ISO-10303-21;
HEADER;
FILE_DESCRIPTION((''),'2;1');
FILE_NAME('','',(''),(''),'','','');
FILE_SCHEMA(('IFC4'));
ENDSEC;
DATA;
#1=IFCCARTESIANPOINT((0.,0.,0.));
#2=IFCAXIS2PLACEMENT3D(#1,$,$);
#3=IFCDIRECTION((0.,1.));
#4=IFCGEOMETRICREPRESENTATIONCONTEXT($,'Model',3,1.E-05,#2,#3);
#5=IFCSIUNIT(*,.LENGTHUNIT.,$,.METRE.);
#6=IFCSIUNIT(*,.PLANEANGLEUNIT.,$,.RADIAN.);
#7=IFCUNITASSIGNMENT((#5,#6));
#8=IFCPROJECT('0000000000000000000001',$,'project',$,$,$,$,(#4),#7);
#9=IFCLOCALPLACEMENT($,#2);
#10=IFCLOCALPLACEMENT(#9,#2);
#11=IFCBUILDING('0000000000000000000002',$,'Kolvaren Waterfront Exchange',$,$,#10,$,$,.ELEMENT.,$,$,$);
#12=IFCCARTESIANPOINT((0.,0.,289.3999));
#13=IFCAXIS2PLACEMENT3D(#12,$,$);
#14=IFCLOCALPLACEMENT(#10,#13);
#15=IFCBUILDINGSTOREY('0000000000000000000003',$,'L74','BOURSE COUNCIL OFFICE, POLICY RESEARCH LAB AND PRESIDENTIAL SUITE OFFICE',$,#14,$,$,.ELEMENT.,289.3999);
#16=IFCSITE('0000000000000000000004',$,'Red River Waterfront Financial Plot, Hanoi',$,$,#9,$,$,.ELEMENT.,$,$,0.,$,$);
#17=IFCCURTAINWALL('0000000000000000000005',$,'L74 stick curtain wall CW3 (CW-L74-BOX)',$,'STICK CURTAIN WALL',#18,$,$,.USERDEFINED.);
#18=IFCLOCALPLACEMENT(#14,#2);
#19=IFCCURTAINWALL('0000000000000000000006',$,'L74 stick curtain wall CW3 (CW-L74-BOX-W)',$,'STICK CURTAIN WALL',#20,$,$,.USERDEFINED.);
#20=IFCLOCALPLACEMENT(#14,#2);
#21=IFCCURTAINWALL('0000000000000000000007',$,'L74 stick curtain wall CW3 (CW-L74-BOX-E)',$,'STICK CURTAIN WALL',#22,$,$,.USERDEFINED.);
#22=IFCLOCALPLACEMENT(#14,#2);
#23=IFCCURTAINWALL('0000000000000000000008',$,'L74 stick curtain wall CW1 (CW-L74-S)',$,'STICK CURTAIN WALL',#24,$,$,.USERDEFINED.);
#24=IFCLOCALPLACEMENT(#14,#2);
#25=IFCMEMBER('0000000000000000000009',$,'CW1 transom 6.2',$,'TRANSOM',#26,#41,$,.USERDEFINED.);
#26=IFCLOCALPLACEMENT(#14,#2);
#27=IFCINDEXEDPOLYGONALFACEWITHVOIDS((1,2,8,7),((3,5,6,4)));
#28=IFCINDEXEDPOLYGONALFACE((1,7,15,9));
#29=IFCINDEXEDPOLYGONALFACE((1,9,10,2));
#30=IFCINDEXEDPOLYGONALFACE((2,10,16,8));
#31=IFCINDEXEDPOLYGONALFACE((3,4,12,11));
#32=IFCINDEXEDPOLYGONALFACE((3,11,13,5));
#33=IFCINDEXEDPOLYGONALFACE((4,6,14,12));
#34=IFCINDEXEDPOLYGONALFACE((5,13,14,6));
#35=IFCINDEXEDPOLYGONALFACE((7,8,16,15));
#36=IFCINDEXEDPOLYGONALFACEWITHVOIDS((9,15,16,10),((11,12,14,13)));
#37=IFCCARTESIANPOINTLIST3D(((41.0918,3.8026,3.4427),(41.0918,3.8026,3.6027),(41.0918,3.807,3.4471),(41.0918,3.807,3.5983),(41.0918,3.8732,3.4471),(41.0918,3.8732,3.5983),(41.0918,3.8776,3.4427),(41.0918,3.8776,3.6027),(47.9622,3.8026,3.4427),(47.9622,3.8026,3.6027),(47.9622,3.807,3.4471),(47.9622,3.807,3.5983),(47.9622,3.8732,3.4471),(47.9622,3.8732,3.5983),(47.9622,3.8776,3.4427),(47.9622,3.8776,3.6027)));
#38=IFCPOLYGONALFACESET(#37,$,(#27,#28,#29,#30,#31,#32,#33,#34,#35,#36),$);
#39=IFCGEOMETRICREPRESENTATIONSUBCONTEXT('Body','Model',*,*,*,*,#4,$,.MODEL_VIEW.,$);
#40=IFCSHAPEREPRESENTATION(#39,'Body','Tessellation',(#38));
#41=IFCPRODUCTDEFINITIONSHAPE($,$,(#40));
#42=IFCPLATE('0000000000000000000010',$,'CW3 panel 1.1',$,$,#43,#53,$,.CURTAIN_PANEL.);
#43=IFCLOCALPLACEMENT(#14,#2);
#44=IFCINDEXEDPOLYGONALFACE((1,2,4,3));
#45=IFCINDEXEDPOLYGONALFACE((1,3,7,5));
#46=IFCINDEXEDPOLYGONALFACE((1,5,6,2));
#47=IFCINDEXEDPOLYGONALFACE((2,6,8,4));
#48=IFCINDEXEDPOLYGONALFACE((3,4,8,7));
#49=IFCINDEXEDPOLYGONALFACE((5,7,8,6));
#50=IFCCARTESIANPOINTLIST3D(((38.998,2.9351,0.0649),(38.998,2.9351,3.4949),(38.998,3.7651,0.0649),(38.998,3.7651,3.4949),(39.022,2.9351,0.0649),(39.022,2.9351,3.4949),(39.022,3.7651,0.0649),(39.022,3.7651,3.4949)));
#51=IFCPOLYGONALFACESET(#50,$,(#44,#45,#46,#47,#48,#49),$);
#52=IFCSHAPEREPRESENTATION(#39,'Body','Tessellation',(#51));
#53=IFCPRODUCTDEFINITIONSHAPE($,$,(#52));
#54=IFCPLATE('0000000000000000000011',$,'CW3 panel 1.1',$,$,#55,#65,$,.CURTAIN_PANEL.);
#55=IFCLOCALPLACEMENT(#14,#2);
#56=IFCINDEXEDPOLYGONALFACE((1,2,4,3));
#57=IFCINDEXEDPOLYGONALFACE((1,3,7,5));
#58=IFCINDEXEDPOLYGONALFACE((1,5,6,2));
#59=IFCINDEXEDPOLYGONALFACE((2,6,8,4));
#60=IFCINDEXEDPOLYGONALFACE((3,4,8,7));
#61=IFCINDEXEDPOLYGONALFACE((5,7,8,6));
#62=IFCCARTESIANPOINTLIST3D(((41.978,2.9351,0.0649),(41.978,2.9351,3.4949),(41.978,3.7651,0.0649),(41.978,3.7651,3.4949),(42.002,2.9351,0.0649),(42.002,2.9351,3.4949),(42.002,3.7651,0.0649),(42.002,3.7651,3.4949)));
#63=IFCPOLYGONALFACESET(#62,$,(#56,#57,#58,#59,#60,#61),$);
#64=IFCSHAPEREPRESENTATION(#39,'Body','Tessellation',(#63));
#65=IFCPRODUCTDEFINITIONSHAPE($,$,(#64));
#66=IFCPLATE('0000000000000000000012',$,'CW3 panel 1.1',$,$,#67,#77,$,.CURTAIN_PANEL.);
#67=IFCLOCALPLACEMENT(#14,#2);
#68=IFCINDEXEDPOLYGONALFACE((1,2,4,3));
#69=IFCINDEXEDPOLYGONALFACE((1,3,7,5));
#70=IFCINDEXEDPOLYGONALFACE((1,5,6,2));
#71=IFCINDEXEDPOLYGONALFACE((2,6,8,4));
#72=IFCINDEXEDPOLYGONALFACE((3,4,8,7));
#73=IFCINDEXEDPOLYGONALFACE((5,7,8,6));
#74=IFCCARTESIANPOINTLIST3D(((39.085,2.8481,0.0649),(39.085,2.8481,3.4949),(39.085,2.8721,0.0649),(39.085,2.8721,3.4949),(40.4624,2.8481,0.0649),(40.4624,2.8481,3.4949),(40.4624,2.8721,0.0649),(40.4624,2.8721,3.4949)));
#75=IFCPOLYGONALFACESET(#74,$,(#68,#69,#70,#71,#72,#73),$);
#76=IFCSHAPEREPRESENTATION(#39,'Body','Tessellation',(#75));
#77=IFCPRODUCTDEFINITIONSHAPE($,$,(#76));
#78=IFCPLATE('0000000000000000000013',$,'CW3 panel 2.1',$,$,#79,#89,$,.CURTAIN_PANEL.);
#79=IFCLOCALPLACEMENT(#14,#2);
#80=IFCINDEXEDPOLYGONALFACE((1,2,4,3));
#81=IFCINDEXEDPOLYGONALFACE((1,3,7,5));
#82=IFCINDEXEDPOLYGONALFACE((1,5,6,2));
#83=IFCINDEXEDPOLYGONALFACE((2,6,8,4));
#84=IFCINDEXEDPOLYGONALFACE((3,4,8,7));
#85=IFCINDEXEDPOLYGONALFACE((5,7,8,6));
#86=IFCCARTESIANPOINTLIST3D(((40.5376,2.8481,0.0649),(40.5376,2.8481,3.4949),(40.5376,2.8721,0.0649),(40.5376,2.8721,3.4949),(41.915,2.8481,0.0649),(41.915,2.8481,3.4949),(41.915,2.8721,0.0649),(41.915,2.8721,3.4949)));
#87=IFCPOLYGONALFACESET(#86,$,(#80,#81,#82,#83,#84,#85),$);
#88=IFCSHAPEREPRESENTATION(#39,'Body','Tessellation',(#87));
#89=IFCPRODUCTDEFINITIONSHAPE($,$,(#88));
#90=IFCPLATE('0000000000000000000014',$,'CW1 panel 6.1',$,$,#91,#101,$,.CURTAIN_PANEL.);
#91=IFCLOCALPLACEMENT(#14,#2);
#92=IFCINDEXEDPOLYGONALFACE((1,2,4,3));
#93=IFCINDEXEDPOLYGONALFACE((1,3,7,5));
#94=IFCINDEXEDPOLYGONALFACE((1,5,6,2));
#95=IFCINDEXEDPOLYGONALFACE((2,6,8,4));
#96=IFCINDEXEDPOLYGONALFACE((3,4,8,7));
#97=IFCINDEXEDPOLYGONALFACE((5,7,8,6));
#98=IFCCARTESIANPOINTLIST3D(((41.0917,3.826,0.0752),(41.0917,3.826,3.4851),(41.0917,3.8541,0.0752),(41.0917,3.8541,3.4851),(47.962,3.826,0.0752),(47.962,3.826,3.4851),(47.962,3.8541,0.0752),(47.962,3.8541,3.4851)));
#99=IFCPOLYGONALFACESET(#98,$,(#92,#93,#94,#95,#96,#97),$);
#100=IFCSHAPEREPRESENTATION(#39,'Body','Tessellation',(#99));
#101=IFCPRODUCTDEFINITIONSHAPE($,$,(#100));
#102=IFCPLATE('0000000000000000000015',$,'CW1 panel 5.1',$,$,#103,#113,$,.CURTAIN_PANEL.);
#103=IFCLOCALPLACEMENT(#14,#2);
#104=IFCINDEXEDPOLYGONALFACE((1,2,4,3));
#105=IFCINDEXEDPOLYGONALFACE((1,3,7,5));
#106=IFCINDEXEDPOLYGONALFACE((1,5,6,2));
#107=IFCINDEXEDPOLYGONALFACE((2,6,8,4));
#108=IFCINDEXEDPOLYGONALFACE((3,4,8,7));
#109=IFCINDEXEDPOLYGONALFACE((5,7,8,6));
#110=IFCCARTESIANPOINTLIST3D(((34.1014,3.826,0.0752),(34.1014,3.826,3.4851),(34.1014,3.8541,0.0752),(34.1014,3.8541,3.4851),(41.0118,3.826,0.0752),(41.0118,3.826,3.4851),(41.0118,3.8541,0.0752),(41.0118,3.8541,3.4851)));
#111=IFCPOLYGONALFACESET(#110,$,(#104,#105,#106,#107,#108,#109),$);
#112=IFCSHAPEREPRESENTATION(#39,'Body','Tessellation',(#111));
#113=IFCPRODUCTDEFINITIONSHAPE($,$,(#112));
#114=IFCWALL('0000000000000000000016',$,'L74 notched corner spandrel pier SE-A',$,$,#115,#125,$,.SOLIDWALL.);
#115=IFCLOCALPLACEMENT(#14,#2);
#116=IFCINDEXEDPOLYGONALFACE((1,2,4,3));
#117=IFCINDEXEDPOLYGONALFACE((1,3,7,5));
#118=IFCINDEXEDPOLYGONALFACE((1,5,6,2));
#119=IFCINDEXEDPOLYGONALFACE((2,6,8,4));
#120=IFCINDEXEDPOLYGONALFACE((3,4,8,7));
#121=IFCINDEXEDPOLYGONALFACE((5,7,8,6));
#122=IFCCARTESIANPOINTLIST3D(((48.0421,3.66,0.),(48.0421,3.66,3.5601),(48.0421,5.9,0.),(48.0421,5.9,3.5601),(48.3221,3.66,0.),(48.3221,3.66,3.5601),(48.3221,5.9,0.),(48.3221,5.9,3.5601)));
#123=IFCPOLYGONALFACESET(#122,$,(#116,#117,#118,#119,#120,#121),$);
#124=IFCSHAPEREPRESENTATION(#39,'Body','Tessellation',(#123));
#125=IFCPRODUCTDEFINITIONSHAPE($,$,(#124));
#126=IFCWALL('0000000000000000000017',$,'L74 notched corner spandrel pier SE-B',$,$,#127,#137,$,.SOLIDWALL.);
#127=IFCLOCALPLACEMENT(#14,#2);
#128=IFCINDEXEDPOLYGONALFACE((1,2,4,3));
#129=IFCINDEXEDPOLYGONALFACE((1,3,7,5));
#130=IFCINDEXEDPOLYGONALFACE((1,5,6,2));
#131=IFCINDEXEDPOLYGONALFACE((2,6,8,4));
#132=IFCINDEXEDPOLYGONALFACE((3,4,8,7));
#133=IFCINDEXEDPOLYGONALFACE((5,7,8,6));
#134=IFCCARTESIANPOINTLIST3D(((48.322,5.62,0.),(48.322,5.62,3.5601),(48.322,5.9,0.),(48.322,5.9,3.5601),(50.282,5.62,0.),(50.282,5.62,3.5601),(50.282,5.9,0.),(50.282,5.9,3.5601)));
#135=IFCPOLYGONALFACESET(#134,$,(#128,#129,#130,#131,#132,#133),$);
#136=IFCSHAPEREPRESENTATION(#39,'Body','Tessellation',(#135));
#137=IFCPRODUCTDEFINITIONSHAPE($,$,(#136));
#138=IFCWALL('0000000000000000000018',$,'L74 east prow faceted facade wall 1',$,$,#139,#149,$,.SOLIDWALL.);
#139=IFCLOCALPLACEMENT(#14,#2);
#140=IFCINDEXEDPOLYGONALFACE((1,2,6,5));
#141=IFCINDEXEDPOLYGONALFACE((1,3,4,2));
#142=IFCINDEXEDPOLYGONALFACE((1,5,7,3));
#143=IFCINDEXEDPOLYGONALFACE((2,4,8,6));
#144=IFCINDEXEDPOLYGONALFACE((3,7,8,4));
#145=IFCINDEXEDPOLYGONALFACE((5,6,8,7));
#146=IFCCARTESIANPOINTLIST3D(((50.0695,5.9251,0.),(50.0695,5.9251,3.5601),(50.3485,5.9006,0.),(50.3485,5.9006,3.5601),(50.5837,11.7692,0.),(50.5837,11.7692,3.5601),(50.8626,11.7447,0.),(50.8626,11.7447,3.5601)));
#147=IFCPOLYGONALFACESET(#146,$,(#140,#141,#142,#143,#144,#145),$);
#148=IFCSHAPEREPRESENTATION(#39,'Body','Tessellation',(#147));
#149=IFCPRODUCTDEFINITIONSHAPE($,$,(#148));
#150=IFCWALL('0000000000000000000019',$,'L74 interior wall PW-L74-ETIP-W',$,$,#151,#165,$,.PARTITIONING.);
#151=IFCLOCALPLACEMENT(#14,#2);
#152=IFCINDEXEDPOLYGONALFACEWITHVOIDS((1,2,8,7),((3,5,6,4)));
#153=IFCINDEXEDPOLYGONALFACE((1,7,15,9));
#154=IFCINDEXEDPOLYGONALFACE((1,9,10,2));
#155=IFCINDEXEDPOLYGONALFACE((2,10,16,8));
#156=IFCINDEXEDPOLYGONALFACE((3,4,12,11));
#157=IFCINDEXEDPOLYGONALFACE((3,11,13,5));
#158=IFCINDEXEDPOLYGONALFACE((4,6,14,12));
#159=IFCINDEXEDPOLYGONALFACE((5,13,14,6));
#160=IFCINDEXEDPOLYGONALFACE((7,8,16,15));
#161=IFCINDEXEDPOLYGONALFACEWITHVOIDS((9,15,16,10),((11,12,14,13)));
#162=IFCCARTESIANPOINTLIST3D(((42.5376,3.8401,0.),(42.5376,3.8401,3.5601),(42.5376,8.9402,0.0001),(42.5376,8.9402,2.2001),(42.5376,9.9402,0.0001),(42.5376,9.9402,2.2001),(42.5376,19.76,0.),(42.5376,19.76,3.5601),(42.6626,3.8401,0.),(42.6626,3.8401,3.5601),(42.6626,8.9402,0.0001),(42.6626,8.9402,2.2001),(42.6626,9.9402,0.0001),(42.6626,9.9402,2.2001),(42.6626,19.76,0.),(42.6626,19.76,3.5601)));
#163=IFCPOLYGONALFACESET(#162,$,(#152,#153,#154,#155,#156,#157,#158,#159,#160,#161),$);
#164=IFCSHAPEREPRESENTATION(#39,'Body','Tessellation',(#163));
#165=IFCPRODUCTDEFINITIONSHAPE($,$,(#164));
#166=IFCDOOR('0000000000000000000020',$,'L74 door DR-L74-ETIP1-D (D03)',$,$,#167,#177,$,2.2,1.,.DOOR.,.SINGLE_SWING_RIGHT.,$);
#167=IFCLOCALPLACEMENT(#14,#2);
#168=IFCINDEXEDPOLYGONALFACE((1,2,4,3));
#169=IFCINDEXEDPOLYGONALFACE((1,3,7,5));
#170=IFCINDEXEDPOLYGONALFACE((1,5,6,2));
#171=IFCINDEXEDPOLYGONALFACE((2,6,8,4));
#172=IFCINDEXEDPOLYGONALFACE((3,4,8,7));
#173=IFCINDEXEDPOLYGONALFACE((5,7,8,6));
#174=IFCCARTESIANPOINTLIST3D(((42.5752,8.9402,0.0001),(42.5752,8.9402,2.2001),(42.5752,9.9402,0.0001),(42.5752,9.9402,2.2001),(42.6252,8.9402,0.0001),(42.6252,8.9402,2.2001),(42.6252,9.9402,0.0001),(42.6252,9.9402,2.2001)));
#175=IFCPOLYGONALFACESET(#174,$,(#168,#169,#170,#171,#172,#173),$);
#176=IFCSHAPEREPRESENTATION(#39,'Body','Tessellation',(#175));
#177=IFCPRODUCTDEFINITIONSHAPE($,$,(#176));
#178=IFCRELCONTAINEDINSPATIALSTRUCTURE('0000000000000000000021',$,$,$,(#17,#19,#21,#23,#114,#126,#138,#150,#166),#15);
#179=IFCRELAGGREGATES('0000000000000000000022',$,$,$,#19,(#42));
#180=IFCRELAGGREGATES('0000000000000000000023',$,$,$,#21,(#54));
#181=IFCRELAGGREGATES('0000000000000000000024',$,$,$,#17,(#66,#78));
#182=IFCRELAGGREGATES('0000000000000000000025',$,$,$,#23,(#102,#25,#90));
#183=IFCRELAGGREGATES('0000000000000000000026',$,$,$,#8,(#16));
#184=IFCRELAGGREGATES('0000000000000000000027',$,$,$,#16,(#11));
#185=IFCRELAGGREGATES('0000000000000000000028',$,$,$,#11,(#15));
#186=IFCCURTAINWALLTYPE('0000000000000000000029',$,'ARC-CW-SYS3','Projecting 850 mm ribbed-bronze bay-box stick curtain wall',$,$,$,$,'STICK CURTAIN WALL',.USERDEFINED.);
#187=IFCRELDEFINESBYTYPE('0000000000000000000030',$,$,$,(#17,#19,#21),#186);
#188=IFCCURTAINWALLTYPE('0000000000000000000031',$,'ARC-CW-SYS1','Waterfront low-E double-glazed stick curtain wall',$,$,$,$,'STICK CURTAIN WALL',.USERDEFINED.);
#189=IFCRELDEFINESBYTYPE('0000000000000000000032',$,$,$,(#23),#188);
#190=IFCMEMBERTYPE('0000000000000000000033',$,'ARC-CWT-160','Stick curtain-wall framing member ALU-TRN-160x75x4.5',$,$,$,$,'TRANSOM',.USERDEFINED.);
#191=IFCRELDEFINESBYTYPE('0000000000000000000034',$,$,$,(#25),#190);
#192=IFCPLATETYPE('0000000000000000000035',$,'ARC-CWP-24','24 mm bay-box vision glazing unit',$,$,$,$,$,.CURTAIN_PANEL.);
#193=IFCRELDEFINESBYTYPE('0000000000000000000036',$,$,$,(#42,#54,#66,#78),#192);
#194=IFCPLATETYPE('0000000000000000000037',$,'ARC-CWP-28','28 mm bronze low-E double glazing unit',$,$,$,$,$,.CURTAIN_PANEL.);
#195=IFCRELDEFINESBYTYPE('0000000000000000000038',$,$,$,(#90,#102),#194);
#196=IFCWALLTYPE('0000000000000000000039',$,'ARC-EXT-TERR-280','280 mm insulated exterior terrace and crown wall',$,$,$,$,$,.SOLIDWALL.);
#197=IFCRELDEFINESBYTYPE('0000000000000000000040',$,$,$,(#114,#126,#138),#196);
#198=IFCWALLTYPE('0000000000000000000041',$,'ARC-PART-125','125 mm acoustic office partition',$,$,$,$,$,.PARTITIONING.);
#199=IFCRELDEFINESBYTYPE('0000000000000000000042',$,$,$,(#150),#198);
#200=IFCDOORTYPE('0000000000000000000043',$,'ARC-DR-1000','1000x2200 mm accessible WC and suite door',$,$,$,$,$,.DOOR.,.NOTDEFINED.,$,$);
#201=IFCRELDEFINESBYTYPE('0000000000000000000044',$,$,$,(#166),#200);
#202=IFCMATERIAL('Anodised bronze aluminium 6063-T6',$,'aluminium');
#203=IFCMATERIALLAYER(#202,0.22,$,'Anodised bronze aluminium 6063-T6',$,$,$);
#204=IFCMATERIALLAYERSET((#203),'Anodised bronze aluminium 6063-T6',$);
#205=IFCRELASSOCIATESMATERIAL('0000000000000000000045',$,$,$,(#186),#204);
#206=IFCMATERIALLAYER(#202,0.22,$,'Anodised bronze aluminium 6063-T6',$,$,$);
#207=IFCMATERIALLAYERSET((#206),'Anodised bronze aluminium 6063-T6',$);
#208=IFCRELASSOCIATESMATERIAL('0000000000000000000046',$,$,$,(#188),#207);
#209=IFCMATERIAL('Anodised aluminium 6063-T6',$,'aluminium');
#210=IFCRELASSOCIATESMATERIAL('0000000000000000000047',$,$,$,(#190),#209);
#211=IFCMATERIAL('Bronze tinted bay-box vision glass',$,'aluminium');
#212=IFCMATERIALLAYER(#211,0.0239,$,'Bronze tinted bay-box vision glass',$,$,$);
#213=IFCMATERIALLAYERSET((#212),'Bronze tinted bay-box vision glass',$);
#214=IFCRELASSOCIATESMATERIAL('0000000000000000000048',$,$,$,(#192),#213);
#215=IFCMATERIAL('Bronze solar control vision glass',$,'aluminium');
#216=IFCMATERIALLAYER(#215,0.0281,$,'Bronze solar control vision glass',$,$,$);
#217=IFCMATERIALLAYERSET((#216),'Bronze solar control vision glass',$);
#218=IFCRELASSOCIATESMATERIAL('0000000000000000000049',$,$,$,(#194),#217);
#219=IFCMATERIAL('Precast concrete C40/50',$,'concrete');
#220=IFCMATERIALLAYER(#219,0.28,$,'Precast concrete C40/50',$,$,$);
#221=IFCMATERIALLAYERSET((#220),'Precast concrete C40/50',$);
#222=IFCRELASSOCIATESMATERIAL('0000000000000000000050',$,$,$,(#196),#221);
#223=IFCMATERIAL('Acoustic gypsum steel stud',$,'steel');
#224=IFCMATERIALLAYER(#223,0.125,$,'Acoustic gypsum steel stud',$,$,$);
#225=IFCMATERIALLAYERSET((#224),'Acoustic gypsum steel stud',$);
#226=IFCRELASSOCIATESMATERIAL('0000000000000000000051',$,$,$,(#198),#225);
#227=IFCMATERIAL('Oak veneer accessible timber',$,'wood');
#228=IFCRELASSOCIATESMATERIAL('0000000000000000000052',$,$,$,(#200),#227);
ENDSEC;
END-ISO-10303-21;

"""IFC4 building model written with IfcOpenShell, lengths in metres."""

from ifc_helpers import new_model, si_unit, direction, frame, frame_2d, origin, origin_with_axes, origin_2d, place, context, subcontext, project, spatial, rectangle, hollow_rectangle, extrude, source, transform, mapped, material, layer, layer_set, material_profile, profile_set, type_object, element, fill, aggregate, save


model = new_model("IFC4")

# Units and contexts
model_context = context("Model", 3, precision=1e-05, world=origin(), true_north=direction((0.0, 1.0)))
body_context = subcontext(model_context, "Body", "Model", "MODEL_VIEW")
ifc_project = project(units=[si_unit("LENGTHUNIT", "METRE"), si_unit("PLANEANGLEUNIT", "RADIAN")], contexts=[model_context])

# Site, building, storey
site_placement = place(None, origin())
site = spatial("IfcSite", under=ifc_project, at=site_placement, Name="Red River Waterfront Financial Plot, Hanoi", CompositionType="ELEMENT", RefElevation=0.0)
building_placement = place(site_placement, origin())
building = spatial("IfcBuilding", under=site, at=building_placement, Name="Kolvaren Waterfront Exchange", CompositionType="ELEMENT")
storey_placement = place(building_placement, frame((0.0, 0.0, 289.3999)))
storey = spatial("IfcBuildingStorey", under=building, at=storey_placement, Name="L74", Description="BOURSE COUNCIL OFFICE, POLICY RESEARCH LAB AND PRESIDENTIAL SUITE OFFICE", CompositionType="ELEMENT", Elevation=289.3999)

# Curtain walls
ifc_material_1 = material(Name="Anodised bronze aluminium 6063-T6", Category="aluminium")
ifc_layer_1 = layer(ifc_material_1, 0.22, Name="Anodised bronze aluminium 6063-T6")
ifc_layer_set_1 = layer_set([ifc_layer_1], Name="Anodised bronze aluminium 6063-T6")
curtain_wall_type_1 = type_object("IfcCurtainWallType", Name="ARC-CW-SYS3", Description="Projecting 850 mm ribbed-bronze bay-box stick curtain wall", ElementType="STICK CURTAIN WALL", PredefinedType="USERDEFINED", material=ifc_layer_set_1)
curtain_wall_1_placement = place(storey_placement, origin())
curtain_wall_1 = element("IfcCurtainWall", 1, at=curtain_wall_1_placement, inside=storey, type_object=curtain_wall_type_1, Name="L74 stick curtain wall CW3 (CW-L74-BOX)", ObjectType="STICK CURTAIN WALL", PredefinedType="USERDEFINED")
curtain_wall_2_placement = place(storey_placement, origin())
curtain_wall_2 = element("IfcCurtainWall", 2, at=curtain_wall_2_placement, inside=storey, type_object=curtain_wall_type_1, Name="L74 stick curtain wall CW3 (CW-L74-BOX-W)", ObjectType="STICK CURTAIN WALL", PredefinedType="USERDEFINED")
curtain_wall_3_placement = place(storey_placement, origin())
curtain_wall_3 = element("IfcCurtainWall", 3, at=curtain_wall_3_placement, inside=storey, type_object=curtain_wall_type_1, Name="L74 stick curtain wall CW3 (CW-L74-BOX-E)", ObjectType="STICK CURTAIN WALL", PredefinedType="USERDEFINED")

# Curtain wall, member
ifc_layer_2 = layer(ifc_material_1, 0.22, Name="Anodised bronze aluminium 6063-T6")
ifc_layer_set_2 = layer_set([ifc_layer_2], Name="Anodised bronze aluminium 6063-T6")
curtain_wall_type_2 = type_object("IfcCurtainWallType", Name="ARC-CW-SYS1", Description="Waterfront low-E double-glazed stick curtain wall", ElementType="STICK CURTAIN WALL", PredefinedType="USERDEFINED", material=ifc_layer_set_2)
curtain_wall_4_placement = place(storey_placement, origin())
curtain_wall_4 = element("IfcCurtainWall", 4, at=curtain_wall_4_placement, inside=storey, type_object=curtain_wall_type_2, Name="L74 stick curtain wall CW1 (CW-L74-S)", ObjectType="STICK CURTAIN WALL", PredefinedType="USERDEFINED")
ifc_material_2 = material(Name="Anodised aluminium 6063-T6", Category="aluminium")
ifc_material_profile_1 = material_profile(ifc_material_2, hollow_rectangle(XDim=0.075, YDim=0.1599, WallThickness=0.0044, at=origin_2d()), Name="ALU-TRN-160x75x4.5")
ifc_profile_set_1 = profile_set([ifc_material_profile_1], Name="Anodised aluminium 6063-T6")
member_type_1 = type_object("IfcMemberType", Name="ARC-CWT-160", Description="Stick curtain-wall framing member ALU-TRN-160x75x4.5", ElementType="TRANSOM", PredefinedType="USERDEFINED", material=ifc_profile_set_1)
shared_shape_1 = source(origin_with_axes(), body_context, "Body", "SweptSolid", [
    extrude(hollow_rectangle(XDim=0.075, YDim=0.1599, WallThickness=0.0044, at=origin_2d()), origin(), (0.0, 0.0, 1.0), 6.8704),
])
member_1_placement = place(storey_placement, frame((41.0918, 3.8401, 3.5227), z_axis=(1.0, 0.0, 0.0), x_axis=(0.0, 1.0, 0.0)))
member_1 = element("IfcMember", 5, at=member_1_placement, type_object=member_type_1, Name="CW1 transom 6.2", ObjectType="TRANSOM", PredefinedType="USERDEFINED", context=body_context, shape_type="MappedRepresentation", body=[
    mapped(shared_shape_1, transform((0.0, 0.0, 0.0), x_axis=(1.0, 0.0, 0.0), y_axis=(0.0, 1.0, 0.0), z_axis=(0.0, 0.0, 1.0), scale=1.0)),
])

# Plates
ifc_material_3 = material(Name="Bronze tinted bay-box vision glass", Category="aluminium")
ifc_layer_3 = layer(ifc_material_3, 0.0239, Name="Bronze tinted bay-box vision glass")
ifc_layer_set_3 = layer_set([ifc_layer_3], Name="Bronze tinted bay-box vision glass")
plate_type_1 = type_object("IfcPlateType", Name="ARC-CWP-24", Description="24 mm bay-box vision glazing unit", PredefinedType="CURTAIN_PANEL", material=ifc_layer_set_3)
shared_shape_2 = source(origin_with_axes(), body_context, "Body", "SweptSolid", [
    extrude(rectangle(XDim=0.8301, YDim=0.0239, at=origin_2d()), origin(), (0.0, 0.0, 1.0), 3.4299),
])
plate_1_placement = place(storey_placement, frame((39.01, 3.3501, 0.0649), z_axis=(0.0, 0.0, 1.0), x_axis=(0.0, -1.0, 0.0)))
plate_1 = element("IfcPlate", 6, at=plate_1_placement, type_object=plate_type_1, Name="CW3 panel 1.1", PredefinedType="CURTAIN_PANEL", context=body_context, shape_type="MappedRepresentation", body=[
    mapped(shared_shape_2, transform((0.0, 0.0, 0.0), x_axis=(1.0, 0.0, 0.0), y_axis=(0.0, 1.0, 0.0), z_axis=(0.0, 0.0, 1.0), scale=1.0)),
])
aggregate(curtain_wall_2, [plate_1])
plate_2_placement = place(storey_placement, frame((41.99, 3.3501, 0.0649), z_axis=(0.0, 0.0, 1.0), x_axis=(0.0, 1.0, 0.0)))
plate_2 = element("IfcPlate", 7, at=plate_2_placement, type_object=plate_type_1, Name="CW3 panel 1.1", PredefinedType="CURTAIN_PANEL", context=body_context, shape_type="MappedRepresentation", body=[
    mapped(shared_shape_2, transform((0.0, 0.0, 0.0), x_axis=(1.0, 0.0, 0.0), y_axis=(0.0, 1.0, 0.0), z_axis=(0.0, 0.0, 1.0), scale=1.0)),
])
aggregate(curtain_wall_3, [plate_2])
shared_shape_3 = source(origin_with_axes(), body_context, "Body", "SweptSolid", [
    extrude(rectangle(XDim=1.3774, YDim=0.0239, at=origin_2d()), origin(), (0.0, 0.0, 1.0), 3.4299),
])
plate_3_placement = place(storey_placement, frame((39.7737, 2.8601, 0.0649), z_axis=(0.0, 0.0, 1.0), x_axis=(1.0, 0.0, 0.0)))
plate_3 = element("IfcPlate", 8, at=plate_3_placement, type_object=plate_type_1, Name="CW3 panel 1.1", PredefinedType="CURTAIN_PANEL", context=body_context, shape_type="MappedRepresentation", body=[
    mapped(shared_shape_3, transform((0.0, 0.0, 0.0), x_axis=(1.0, 0.0, 0.0), y_axis=(0.0, 1.0, 0.0), z_axis=(0.0, 0.0, 1.0), scale=1.0)),
])
plate_4_placement = place(storey_placement, frame((41.2263, 2.8601, 0.0649), z_axis=(0.0, 0.0, 1.0), x_axis=(1.0, 0.0, 0.0)))
plate_4 = element("IfcPlate", 9, at=plate_4_placement, type_object=plate_type_1, Name="CW3 panel 2.1", PredefinedType="CURTAIN_PANEL", context=body_context, shape_type="MappedRepresentation", body=[
    mapped(shared_shape_3, transform((0.0, 0.0, 0.0), x_axis=(1.0, 0.0, 0.0), y_axis=(0.0, 1.0, 0.0), z_axis=(0.0, 0.0, 1.0), scale=1.0)),
])
aggregate(curtain_wall_1, [plate_3, plate_4])
ifc_material_4 = material(Name="Bronze solar control vision glass", Category="aluminium")
ifc_layer_4 = layer(ifc_material_4, 0.0281, Name="Bronze solar control vision glass")
ifc_layer_set_4 = layer_set([ifc_layer_4], Name="Bronze solar control vision glass")
plate_type_2 = type_object("IfcPlateType", Name="ARC-CWP-28", Description="28 mm bronze low-E double glazing unit", PredefinedType="CURTAIN_PANEL", material=ifc_layer_set_4)
shared_shape_4 = source(origin_with_axes(), body_context, "Body", "SweptSolid", [
    extrude(rectangle(XDim=6.8704, YDim=0.0281, at=origin_2d()), origin(), (0.0, 0.0, 1.0), 3.4099),
])
plate_5_placement = place(storey_placement, frame((44.5269, 3.8401, 0.0752), z_axis=(0.0, 0.0, 1.0), x_axis=(1.0, 0.0, 0.0)))
plate_5 = element("IfcPlate", 10, at=plate_5_placement, type_object=plate_type_2, Name="CW1 panel 6.1", PredefinedType="CURTAIN_PANEL", context=body_context, shape_type="MappedRepresentation", body=[
    mapped(shared_shape_4, transform((0.0, 0.0, 0.0), x_axis=(1.0, 0.0, 0.0), y_axis=(0.0, 1.0, 0.0), z_axis=(0.0, 0.0, 1.0), scale=1.0)),
])
shared_shape_5 = source(origin_with_axes(), body_context, "Body", "SweptSolid", [
    extrude(rectangle(XDim=6.9104, YDim=0.0281, at=origin_2d()), origin(), (0.0, 0.0, 1.0), 3.4099),
])
plate_6_placement = place(storey_placement, frame((37.5566, 3.8401, 0.0752), z_axis=(0.0, 0.0, 1.0), x_axis=(1.0, 0.0, 0.0)))
plate_6 = element("IfcPlate", 11, at=plate_6_placement, type_object=plate_type_2, Name="CW1 panel 5.1", PredefinedType="CURTAIN_PANEL", context=body_context, shape_type="MappedRepresentation", body=[
    mapped(shared_shape_5, transform((0.0, 0.0, 0.0), x_axis=(1.0, 0.0, 0.0), y_axis=(0.0, 1.0, 0.0), z_axis=(0.0, 0.0, 1.0), scale=1.0)),
])
aggregate(curtain_wall_4, [plate_6, member_1, plate_5])

# Walls
ifc_material_5 = material(Name="Precast concrete C40/50", Category="concrete")
ifc_layer_5 = layer(ifc_material_5, 0.28, Name="Precast concrete C40/50")
ifc_layer_set_5 = layer_set([ifc_layer_5], Name="Precast concrete C40/50")
wall_type_1 = type_object("IfcWallType", Name="ARC-EXT-TERR-280", Description="280 mm insulated exterior terrace and crown wall", PredefinedType="SOLIDWALL", material=ifc_layer_set_5)
wall_1_placement = place(storey_placement, frame((48.1821, 3.6599, 0.0), z_axis=(0.0, 0.0, 1.0), x_axis=(0.0, 1.0, 0.0)))
element("IfcWall", 12, at=wall_1_placement, inside=storey, type_object=wall_type_1, Name="L74 notched corner spandrel pier SE-A", PredefinedType="SOLIDWALL", context=body_context, shape_type="SweptSolid", body=[
    extrude(rectangle(XDim=2.24, YDim=0.28, at=frame_2d((1.1201, 0.0))), origin(), (0.0, 0.0, 1.0), 3.5601),
])
wall_2_placement = place(storey_placement, frame((48.322, 5.76, 0.0), z_axis=(0.0, 0.0, 1.0), x_axis=(1.0, 0.0, 0.0)))
element("IfcWall", 13, at=wall_2_placement, inside=storey, type_object=wall_type_1, Name="L74 notched corner spandrel pier SE-B", PredefinedType="SOLIDWALL", context=body_context, shape_type="SweptSolid", body=[
    extrude(rectangle(XDim=1.96, YDim=0.28, at=frame_2d((0.98, 0.0))), origin(), (0.0, 0.0, 1.0), 3.5601),
])
wall_3_placement = place(storey_placement, frame((50.209, 5.9128, 0.0), z_axis=(0.0, 0.0, 1.0), x_axis=(0.087639, 0.996152, 0.0)))
element("IfcWall", 14, at=wall_3_placement, inside=storey, type_object=wall_type_1, Name="L74 east prow faceted facade wall 1", PredefinedType="SOLIDWALL", context=body_context, shape_type="SweptSolid", body=[
    extrude(rectangle(XDim=5.8667, YDim=0.28, at=frame_2d((2.9333, 0.0))), origin(), (0.0, 0.0, 1.0), 3.5601),
])

# Wall, opening, door
ifc_material_6 = material(Name="Acoustic gypsum steel stud", Category="steel")
ifc_layer_6 = layer(ifc_material_6, 0.125, Name="Acoustic gypsum steel stud")
ifc_layer_set_6 = layer_set([ifc_layer_6], Name="Acoustic gypsum steel stud")
wall_type_2 = type_object("IfcWallType", Name="ARC-PART-125", Description="125 mm acoustic office partition", PredefinedType="PARTITIONING", material=ifc_layer_set_6)
wall_4_placement = place(storey_placement, frame((42.6001, 3.8401, 0.0), z_axis=(0.0, 0.0, 1.0), x_axis=(0.0, 1.0, 0.0)))
wall_4 = element("IfcWall", 15, at=wall_4_placement, inside=storey, type_object=wall_type_2, Name="L74 interior wall PW-L74-ETIP-W", PredefinedType="PARTITIONING", context=body_context, shape_type="SweptSolid", body=[
    extrude(rectangle(XDim=15.9199, YDim=0.125, at=frame_2d((7.96, 0.0))), origin(), (0.0, 0.0, 1.0), 3.5601),
])
opening_placement = place(wall_4_placement, frame((5.1001, 0.0, 0.0)))
opening = element("IfcOpeningElement", 16, at=opening_placement, cuts=wall_4, PredefinedType="OPENING", context=body_context, shape_type="SweptSolid", body=[
    extrude(rectangle(XDim=1.0, YDim=2.2, at=frame_2d((0.5, 1.1001))), frame((0.0, 0.0725, 0.0), z_axis=(0.0, -1.0, 0.0), x_axis=(1.0, 0.0, 0.0)), (0.0, 0.0, 1.0), 0.145),
])
ifc_material_7 = material(Name="Oak veneer accessible timber", Category="wood")
door_type = type_object("IfcDoorType", Name="ARC-DR-1000", Description="1000x2200 mm accessible WC and suite door", OperationType="NOTDEFINED", PredefinedType="DOOR", material=ifc_material_7)
door_placement = place(opening_placement, origin())
door = element("IfcDoor", 17, at=door_placement, inside=storey, type_object=door_type, Name="L74 door DR-L74-ETIP1-D (D03)", OperationType="SINGLE_SWING_RIGHT", OverallHeight=2.2, OverallWidth=1.0, PredefinedType="DOOR", context=body_context, shape_type="SweptSolid", body=[
    extrude(rectangle(XDim=1.0, YDim=2.2, at=frame_2d((0.5, 1.1001))), frame((0.0, 0.0249, 0.0), z_axis=(0.0, -1.0, 0.0), x_axis=(1.0, 0.0, 0.0)), (0.0, 0.0, 1.0), 0.05),
])
fill(opening, door)

save(model, "model.ifc")
